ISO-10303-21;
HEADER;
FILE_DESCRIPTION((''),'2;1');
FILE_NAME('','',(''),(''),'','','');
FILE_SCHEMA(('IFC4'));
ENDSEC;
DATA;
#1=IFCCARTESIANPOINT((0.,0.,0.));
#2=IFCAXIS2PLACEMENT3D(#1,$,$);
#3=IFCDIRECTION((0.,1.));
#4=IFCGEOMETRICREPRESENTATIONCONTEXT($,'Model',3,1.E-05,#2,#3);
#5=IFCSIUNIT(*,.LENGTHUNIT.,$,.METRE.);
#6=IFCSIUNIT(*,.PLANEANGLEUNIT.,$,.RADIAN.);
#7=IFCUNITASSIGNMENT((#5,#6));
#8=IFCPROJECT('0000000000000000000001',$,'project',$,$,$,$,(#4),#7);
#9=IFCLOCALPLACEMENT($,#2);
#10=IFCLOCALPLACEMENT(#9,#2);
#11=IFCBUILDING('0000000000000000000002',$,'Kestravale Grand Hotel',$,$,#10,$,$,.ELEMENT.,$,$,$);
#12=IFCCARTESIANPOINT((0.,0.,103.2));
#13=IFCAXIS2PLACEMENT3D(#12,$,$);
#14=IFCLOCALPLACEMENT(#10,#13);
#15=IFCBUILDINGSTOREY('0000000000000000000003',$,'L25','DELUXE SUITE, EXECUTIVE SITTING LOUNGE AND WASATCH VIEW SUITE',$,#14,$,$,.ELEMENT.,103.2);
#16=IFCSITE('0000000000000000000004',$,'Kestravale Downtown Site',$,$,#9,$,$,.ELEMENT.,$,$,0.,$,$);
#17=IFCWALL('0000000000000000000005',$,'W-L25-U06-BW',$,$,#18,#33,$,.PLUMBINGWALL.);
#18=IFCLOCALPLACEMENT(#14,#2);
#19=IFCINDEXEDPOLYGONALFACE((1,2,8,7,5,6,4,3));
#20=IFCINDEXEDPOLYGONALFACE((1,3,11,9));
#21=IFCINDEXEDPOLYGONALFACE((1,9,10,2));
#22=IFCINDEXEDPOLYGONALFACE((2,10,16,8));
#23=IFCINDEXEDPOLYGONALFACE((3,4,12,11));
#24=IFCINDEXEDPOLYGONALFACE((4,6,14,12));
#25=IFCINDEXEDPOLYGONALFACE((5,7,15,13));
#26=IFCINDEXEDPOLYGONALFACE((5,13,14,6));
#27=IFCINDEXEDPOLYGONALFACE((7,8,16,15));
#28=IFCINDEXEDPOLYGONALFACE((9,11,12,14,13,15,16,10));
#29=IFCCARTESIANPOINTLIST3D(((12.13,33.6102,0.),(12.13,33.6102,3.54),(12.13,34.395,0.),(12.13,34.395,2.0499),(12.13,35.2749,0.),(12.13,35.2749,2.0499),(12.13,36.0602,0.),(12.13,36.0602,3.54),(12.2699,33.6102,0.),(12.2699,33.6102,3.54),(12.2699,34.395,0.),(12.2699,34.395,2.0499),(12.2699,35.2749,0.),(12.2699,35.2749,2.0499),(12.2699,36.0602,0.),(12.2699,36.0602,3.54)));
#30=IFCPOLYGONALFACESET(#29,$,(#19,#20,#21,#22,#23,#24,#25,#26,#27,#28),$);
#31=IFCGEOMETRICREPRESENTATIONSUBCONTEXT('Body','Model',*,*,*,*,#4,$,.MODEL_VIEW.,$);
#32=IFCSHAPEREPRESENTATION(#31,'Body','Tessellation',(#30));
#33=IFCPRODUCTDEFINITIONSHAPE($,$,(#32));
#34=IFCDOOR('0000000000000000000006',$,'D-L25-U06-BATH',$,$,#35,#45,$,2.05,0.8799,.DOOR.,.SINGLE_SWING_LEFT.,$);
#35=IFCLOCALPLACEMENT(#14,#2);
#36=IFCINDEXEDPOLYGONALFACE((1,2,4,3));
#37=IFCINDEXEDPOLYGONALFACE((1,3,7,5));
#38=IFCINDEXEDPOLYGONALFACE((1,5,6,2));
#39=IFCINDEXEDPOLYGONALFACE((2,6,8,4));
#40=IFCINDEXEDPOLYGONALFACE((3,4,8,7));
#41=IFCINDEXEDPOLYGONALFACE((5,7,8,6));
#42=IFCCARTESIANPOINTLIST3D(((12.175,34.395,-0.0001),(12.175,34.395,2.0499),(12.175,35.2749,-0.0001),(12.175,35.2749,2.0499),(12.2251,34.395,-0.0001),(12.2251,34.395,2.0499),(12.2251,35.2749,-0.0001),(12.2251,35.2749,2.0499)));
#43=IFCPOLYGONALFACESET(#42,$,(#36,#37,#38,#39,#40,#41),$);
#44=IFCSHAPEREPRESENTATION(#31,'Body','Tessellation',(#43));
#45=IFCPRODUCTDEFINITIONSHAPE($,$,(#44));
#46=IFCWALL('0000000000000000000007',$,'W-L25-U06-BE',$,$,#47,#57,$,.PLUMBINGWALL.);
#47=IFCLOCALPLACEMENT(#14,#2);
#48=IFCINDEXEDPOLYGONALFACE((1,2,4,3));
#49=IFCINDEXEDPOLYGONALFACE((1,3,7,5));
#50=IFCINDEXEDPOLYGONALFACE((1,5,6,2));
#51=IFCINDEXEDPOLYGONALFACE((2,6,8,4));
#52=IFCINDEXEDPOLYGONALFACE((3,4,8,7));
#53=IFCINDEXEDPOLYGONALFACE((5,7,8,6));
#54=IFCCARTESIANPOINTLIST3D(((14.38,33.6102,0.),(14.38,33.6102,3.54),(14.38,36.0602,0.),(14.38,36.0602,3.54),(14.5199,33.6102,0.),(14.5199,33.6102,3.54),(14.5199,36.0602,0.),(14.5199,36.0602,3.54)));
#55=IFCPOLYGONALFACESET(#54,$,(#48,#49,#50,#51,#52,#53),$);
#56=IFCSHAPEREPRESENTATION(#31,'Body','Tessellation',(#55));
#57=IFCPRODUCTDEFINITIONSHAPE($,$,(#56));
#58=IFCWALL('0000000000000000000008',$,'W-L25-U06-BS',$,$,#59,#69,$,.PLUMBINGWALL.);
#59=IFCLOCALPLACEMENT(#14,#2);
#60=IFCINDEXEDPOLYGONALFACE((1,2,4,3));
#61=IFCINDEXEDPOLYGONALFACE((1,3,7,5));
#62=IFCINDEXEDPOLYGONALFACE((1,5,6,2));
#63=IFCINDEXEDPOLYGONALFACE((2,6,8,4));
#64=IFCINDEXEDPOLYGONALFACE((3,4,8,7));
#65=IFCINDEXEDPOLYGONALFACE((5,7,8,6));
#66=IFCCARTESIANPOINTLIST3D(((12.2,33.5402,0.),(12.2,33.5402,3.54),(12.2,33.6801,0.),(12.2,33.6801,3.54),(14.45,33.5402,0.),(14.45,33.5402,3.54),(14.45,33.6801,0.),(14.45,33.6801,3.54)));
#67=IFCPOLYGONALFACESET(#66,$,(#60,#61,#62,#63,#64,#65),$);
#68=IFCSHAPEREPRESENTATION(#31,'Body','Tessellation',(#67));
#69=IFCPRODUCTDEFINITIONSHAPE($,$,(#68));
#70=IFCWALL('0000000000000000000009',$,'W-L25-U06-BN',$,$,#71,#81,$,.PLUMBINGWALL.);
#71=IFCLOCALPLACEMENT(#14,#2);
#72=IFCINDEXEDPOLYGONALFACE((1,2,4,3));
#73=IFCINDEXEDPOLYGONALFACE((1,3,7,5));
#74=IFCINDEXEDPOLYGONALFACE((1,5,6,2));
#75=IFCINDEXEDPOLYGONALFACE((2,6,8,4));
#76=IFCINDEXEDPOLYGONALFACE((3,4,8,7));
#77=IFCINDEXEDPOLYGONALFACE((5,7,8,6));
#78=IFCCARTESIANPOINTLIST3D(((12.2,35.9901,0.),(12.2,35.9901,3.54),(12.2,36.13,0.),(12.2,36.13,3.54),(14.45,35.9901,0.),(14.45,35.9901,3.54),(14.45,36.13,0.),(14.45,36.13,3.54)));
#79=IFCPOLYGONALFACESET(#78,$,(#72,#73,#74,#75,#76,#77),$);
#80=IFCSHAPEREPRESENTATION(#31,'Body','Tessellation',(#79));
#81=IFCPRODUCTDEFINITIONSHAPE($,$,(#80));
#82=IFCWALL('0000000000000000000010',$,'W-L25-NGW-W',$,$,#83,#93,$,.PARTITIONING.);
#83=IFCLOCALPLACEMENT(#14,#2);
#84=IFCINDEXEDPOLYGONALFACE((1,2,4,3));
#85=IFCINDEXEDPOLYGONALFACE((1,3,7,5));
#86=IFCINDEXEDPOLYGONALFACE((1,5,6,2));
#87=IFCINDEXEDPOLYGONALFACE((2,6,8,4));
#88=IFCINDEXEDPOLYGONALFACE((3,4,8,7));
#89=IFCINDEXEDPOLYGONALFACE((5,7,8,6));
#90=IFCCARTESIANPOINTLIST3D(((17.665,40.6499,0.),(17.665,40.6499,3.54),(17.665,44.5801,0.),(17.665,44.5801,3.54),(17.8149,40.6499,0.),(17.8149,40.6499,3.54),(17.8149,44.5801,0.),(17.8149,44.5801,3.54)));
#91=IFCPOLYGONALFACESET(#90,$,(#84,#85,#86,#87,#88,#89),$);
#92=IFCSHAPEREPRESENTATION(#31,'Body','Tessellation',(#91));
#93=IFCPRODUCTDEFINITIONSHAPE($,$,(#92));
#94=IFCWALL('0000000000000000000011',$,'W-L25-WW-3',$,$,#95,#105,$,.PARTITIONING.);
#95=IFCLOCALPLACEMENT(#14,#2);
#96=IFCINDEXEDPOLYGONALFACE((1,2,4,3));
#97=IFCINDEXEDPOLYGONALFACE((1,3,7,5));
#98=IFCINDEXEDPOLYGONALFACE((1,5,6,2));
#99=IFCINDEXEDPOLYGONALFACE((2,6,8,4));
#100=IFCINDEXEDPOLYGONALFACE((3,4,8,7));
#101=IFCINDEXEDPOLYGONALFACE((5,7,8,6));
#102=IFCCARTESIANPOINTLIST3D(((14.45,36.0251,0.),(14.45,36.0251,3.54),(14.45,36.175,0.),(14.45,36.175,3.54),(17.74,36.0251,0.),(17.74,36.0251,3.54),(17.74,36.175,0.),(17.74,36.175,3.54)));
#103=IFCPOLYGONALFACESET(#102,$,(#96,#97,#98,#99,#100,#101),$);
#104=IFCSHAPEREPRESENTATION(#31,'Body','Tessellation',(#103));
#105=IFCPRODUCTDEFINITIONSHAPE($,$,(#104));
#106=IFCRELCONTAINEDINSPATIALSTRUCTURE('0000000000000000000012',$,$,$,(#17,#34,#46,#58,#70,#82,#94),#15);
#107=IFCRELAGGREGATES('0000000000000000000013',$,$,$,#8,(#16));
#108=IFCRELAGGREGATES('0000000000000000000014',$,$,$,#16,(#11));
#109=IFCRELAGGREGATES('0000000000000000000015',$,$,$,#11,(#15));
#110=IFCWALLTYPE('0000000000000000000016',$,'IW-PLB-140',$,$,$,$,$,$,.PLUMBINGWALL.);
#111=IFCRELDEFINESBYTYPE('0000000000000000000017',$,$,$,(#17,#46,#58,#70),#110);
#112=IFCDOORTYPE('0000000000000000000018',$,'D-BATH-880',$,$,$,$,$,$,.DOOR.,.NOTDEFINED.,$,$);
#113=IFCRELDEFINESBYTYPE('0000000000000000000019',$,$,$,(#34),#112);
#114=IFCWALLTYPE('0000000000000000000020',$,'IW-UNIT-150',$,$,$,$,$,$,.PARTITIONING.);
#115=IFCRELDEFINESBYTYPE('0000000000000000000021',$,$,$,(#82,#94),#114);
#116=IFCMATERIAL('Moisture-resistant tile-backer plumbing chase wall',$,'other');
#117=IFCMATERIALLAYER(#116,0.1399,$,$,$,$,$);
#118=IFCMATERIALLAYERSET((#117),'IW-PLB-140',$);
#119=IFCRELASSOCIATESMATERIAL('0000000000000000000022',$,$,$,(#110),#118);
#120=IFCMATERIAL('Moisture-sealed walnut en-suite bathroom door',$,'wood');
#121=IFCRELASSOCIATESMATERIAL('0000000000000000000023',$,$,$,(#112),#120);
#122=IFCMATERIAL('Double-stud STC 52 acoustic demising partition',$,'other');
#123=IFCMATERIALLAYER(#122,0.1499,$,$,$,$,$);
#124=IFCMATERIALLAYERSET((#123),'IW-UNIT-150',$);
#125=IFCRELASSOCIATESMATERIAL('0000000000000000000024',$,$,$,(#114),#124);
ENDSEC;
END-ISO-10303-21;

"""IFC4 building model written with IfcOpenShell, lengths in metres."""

from ifc_helpers import new_model, si_unit, direction, frame, frame_2d, origin, place, context, subcontext, project, spatial, rectangle, extrude, material, layer, layer_set, type_object, element, fill, save


model = new_model("IFC4")

# Units and contexts
model_context = context("Model", 3, precision=1e-05, world=origin(), true_north=direction((0.0, 1.0)))
body_context = subcontext(model_context, "Body", "Model", "MODEL_VIEW")
ifc_project = project(units=[si_unit("LENGTHUNIT", "METRE"), si_unit("PLANEANGLEUNIT", "RADIAN")], contexts=[model_context])

# Site, building, storey
site_placement = place(None, origin())
site = spatial("IfcSite", under=ifc_project, at=site_placement, Name="Kestravale Downtown Site", CompositionType="ELEMENT", RefElevation=0.0)
building_placement = place(site_placement, origin())
building = spatial("IfcBuilding", under=site, at=building_placement, Name="Kestravale Grand Hotel", CompositionType="ELEMENT")
storey_placement = place(building_placement, frame((0.0, 0.0, 103.2)))
storey = spatial("IfcBuildingStorey", under=building, at=storey_placement, Name="L25", Description="DELUXE SUITE, EXECUTIVE SITTING LOUNGE AND WASATCH VIEW SUITE", CompositionType="ELEMENT", Elevation=103.2)

# Wall, opening, door
ifc_material_1 = material(Name="Moisture-resistant tile-backer plumbing chase wall", Category="other")
ifc_layer_1 = layer(ifc_material_1, 0.1399)
ifc_layer_set_1 = layer_set([ifc_layer_1], Name="IW-PLB-140")
wall_type_1 = type_object("IfcWallType", Name="IW-PLB-140", PredefinedType="PLUMBINGWALL", material=ifc_layer_set_1)
wall_1_placement = place(storey_placement, frame((12.2, 33.6101, 0.0), z_axis=(0.0, 0.0, 1.0), x_axis=(0.0, 1.0, 0.0)))
wall_1 = element("IfcWall", 1, at=wall_1_placement, inside=storey, type_object=wall_type_1, Name="W-L25-U06-BW", PredefinedType="PLUMBINGWALL", context=body_context, shape_type="SweptSolid", body=[
    extrude(rectangle(XDim=2.45, YDim=0.1399, at=frame_2d((1.2251, 0.0))), origin(), (0.0, 0.0, 1.0), 3.54),
])
opening_1_placement = place(wall_1_placement, frame((0.7849, 0.0, 0.0)))
opening_1 = element("IfcOpeningElement", 2, at=opening_1_placement, cuts=wall_1, PredefinedType="OPENING", context=body_context, shape_type="SweptSolid", body=[
    extrude(rectangle(XDim=0.8799, YDim=2.05, at=frame_2d((0.4399, 1.0249))), frame((0.0, 0.0798, 0.0), z_axis=(0.0, -1.0, 0.0), x_axis=(1.0, 0.0, 0.0)), (0.0, 0.0, 1.0), 0.1599),
])
ifc_material_2 = material(Name="Moisture-sealed walnut en-suite bathroom door", Category="wood")
door_type_1 = type_object("IfcDoorType", Name="D-BATH-880", OperationType="NOTDEFINED", PredefinedType="DOOR", material=ifc_material_2)
door_1_placement = place(opening_1_placement, origin())
door_1 = element("IfcDoor", 3, at=door_1_placement, inside=storey, type_object=door_type_1, Name="D-L25-U06-BATH", OperationType="SINGLE_SWING_LEFT", OverallHeight=2.05, OverallWidth=0.8799, PredefinedType="DOOR", context=body_context, shape_type="SweptSolid", body=[
    extrude(rectangle(XDim=0.8799, YDim=2.05, at=frame_2d((0.4399, 1.0249))), frame((0.0, 0.0249, 0.0), z_axis=(0.0, -1.0, 0.0), x_axis=(1.0, 0.0, 0.0)), (0.0, 0.0, 1.0), 0.05),
])
fill(opening_1, door_1)

# Walls
wall_2_placement = place(storey_placement, frame((14.45, 33.6101, 0.0), z_axis=(0.0, 0.0, 1.0), x_axis=(0.0, 1.0, 0.0)))
element("IfcWall", 4, at=wall_2_placement, inside=storey, type_object=wall_type_1, Name="W-L25-U06-BE", PredefinedType="PLUMBINGWALL", context=body_context, shape_type="SweptSolid", body=[
    extrude(rectangle(XDim=2.45, YDim=0.1399, at=frame_2d((1.2251, 0.0))), origin(), (0.0, 0.0, 1.0), 3.54),
])
for number, where, z_axis, x_axis, name in (
    (5, (12.2, 33.6101, 0.0), (0.0, 0.0, 1.0), (1.0, 0.0, 0.0), "W-L25-U06-BS"),
    (6, (12.2, 36.0601, 0.0), (0.0, 0.0, 1.0), (1.0, 0.0, 0.0), "W-L25-U06-BN"),
):
    element("IfcWall", number, at=place(storey_placement, frame(where, z_axis=z_axis, x_axis=x_axis)), inside=storey, type_object=wall_type_1, Name=name, PredefinedType="PLUMBINGWALL", context=body_context, shape_type="SweptSolid", body=[
        extrude(rectangle(XDim=2.25, YDim=0.1399, at=frame_2d((1.125, 0.0))), origin(), (0.0, 0.0, 1.0), 3.54),
    ])

# Shared definitions
ifc_material_3 = material(Name="Double-stud STC 52 acoustic demising partition", Category="other")
ifc_layer_2 = layer(ifc_material_3, 0.1499)
ifc_layer_set_2 = layer_set([ifc_layer_2], Name="IW-UNIT-150")
wall_type_2 = type_object("IfcWallType", Name="IW-UNIT-150", PredefinedType="PARTITIONING", material=ifc_layer_set_2)

# Walls
wall_3_placement = place(storey_placement, frame((17.74, 40.6499, 0.0), z_axis=(0.0, 0.0, 1.0), x_axis=(0.0, 1.0, 0.0)))
element("IfcWall", 7, at=wall_3_placement, inside=storey, type_object=wall_type_2, Name="W-L25-NGW-W", PredefinedType="PARTITIONING", context=body_context, shape_type="SweptSolid", body=[
    extrude(rectangle(XDim=3.9302, YDim=0.1499, at=frame_2d((1.9651, 0.0))), origin(), (0.0, 0.0, 1.0), 3.54),
])
wall_4_placement = place(storey_placement, frame((14.45, 36.1001, 0.0), z_axis=(0.0, 0.0, 1.0), x_axis=(1.0, 0.0, 0.0)))
element("IfcWall", 8, at=wall_4_placement, inside=storey, type_object=wall_type_2, Name="W-L25-WW-3", PredefinedType="PARTITIONING", context=body_context, shape_type="SweptSolid", body=[
    extrude(rectangle(XDim=3.29, YDim=0.1499, at=frame_2d((1.645, 0.0))), origin(), (0.0, 0.0, 1.0), 3.54),
])

save(model, "model.ifc")
